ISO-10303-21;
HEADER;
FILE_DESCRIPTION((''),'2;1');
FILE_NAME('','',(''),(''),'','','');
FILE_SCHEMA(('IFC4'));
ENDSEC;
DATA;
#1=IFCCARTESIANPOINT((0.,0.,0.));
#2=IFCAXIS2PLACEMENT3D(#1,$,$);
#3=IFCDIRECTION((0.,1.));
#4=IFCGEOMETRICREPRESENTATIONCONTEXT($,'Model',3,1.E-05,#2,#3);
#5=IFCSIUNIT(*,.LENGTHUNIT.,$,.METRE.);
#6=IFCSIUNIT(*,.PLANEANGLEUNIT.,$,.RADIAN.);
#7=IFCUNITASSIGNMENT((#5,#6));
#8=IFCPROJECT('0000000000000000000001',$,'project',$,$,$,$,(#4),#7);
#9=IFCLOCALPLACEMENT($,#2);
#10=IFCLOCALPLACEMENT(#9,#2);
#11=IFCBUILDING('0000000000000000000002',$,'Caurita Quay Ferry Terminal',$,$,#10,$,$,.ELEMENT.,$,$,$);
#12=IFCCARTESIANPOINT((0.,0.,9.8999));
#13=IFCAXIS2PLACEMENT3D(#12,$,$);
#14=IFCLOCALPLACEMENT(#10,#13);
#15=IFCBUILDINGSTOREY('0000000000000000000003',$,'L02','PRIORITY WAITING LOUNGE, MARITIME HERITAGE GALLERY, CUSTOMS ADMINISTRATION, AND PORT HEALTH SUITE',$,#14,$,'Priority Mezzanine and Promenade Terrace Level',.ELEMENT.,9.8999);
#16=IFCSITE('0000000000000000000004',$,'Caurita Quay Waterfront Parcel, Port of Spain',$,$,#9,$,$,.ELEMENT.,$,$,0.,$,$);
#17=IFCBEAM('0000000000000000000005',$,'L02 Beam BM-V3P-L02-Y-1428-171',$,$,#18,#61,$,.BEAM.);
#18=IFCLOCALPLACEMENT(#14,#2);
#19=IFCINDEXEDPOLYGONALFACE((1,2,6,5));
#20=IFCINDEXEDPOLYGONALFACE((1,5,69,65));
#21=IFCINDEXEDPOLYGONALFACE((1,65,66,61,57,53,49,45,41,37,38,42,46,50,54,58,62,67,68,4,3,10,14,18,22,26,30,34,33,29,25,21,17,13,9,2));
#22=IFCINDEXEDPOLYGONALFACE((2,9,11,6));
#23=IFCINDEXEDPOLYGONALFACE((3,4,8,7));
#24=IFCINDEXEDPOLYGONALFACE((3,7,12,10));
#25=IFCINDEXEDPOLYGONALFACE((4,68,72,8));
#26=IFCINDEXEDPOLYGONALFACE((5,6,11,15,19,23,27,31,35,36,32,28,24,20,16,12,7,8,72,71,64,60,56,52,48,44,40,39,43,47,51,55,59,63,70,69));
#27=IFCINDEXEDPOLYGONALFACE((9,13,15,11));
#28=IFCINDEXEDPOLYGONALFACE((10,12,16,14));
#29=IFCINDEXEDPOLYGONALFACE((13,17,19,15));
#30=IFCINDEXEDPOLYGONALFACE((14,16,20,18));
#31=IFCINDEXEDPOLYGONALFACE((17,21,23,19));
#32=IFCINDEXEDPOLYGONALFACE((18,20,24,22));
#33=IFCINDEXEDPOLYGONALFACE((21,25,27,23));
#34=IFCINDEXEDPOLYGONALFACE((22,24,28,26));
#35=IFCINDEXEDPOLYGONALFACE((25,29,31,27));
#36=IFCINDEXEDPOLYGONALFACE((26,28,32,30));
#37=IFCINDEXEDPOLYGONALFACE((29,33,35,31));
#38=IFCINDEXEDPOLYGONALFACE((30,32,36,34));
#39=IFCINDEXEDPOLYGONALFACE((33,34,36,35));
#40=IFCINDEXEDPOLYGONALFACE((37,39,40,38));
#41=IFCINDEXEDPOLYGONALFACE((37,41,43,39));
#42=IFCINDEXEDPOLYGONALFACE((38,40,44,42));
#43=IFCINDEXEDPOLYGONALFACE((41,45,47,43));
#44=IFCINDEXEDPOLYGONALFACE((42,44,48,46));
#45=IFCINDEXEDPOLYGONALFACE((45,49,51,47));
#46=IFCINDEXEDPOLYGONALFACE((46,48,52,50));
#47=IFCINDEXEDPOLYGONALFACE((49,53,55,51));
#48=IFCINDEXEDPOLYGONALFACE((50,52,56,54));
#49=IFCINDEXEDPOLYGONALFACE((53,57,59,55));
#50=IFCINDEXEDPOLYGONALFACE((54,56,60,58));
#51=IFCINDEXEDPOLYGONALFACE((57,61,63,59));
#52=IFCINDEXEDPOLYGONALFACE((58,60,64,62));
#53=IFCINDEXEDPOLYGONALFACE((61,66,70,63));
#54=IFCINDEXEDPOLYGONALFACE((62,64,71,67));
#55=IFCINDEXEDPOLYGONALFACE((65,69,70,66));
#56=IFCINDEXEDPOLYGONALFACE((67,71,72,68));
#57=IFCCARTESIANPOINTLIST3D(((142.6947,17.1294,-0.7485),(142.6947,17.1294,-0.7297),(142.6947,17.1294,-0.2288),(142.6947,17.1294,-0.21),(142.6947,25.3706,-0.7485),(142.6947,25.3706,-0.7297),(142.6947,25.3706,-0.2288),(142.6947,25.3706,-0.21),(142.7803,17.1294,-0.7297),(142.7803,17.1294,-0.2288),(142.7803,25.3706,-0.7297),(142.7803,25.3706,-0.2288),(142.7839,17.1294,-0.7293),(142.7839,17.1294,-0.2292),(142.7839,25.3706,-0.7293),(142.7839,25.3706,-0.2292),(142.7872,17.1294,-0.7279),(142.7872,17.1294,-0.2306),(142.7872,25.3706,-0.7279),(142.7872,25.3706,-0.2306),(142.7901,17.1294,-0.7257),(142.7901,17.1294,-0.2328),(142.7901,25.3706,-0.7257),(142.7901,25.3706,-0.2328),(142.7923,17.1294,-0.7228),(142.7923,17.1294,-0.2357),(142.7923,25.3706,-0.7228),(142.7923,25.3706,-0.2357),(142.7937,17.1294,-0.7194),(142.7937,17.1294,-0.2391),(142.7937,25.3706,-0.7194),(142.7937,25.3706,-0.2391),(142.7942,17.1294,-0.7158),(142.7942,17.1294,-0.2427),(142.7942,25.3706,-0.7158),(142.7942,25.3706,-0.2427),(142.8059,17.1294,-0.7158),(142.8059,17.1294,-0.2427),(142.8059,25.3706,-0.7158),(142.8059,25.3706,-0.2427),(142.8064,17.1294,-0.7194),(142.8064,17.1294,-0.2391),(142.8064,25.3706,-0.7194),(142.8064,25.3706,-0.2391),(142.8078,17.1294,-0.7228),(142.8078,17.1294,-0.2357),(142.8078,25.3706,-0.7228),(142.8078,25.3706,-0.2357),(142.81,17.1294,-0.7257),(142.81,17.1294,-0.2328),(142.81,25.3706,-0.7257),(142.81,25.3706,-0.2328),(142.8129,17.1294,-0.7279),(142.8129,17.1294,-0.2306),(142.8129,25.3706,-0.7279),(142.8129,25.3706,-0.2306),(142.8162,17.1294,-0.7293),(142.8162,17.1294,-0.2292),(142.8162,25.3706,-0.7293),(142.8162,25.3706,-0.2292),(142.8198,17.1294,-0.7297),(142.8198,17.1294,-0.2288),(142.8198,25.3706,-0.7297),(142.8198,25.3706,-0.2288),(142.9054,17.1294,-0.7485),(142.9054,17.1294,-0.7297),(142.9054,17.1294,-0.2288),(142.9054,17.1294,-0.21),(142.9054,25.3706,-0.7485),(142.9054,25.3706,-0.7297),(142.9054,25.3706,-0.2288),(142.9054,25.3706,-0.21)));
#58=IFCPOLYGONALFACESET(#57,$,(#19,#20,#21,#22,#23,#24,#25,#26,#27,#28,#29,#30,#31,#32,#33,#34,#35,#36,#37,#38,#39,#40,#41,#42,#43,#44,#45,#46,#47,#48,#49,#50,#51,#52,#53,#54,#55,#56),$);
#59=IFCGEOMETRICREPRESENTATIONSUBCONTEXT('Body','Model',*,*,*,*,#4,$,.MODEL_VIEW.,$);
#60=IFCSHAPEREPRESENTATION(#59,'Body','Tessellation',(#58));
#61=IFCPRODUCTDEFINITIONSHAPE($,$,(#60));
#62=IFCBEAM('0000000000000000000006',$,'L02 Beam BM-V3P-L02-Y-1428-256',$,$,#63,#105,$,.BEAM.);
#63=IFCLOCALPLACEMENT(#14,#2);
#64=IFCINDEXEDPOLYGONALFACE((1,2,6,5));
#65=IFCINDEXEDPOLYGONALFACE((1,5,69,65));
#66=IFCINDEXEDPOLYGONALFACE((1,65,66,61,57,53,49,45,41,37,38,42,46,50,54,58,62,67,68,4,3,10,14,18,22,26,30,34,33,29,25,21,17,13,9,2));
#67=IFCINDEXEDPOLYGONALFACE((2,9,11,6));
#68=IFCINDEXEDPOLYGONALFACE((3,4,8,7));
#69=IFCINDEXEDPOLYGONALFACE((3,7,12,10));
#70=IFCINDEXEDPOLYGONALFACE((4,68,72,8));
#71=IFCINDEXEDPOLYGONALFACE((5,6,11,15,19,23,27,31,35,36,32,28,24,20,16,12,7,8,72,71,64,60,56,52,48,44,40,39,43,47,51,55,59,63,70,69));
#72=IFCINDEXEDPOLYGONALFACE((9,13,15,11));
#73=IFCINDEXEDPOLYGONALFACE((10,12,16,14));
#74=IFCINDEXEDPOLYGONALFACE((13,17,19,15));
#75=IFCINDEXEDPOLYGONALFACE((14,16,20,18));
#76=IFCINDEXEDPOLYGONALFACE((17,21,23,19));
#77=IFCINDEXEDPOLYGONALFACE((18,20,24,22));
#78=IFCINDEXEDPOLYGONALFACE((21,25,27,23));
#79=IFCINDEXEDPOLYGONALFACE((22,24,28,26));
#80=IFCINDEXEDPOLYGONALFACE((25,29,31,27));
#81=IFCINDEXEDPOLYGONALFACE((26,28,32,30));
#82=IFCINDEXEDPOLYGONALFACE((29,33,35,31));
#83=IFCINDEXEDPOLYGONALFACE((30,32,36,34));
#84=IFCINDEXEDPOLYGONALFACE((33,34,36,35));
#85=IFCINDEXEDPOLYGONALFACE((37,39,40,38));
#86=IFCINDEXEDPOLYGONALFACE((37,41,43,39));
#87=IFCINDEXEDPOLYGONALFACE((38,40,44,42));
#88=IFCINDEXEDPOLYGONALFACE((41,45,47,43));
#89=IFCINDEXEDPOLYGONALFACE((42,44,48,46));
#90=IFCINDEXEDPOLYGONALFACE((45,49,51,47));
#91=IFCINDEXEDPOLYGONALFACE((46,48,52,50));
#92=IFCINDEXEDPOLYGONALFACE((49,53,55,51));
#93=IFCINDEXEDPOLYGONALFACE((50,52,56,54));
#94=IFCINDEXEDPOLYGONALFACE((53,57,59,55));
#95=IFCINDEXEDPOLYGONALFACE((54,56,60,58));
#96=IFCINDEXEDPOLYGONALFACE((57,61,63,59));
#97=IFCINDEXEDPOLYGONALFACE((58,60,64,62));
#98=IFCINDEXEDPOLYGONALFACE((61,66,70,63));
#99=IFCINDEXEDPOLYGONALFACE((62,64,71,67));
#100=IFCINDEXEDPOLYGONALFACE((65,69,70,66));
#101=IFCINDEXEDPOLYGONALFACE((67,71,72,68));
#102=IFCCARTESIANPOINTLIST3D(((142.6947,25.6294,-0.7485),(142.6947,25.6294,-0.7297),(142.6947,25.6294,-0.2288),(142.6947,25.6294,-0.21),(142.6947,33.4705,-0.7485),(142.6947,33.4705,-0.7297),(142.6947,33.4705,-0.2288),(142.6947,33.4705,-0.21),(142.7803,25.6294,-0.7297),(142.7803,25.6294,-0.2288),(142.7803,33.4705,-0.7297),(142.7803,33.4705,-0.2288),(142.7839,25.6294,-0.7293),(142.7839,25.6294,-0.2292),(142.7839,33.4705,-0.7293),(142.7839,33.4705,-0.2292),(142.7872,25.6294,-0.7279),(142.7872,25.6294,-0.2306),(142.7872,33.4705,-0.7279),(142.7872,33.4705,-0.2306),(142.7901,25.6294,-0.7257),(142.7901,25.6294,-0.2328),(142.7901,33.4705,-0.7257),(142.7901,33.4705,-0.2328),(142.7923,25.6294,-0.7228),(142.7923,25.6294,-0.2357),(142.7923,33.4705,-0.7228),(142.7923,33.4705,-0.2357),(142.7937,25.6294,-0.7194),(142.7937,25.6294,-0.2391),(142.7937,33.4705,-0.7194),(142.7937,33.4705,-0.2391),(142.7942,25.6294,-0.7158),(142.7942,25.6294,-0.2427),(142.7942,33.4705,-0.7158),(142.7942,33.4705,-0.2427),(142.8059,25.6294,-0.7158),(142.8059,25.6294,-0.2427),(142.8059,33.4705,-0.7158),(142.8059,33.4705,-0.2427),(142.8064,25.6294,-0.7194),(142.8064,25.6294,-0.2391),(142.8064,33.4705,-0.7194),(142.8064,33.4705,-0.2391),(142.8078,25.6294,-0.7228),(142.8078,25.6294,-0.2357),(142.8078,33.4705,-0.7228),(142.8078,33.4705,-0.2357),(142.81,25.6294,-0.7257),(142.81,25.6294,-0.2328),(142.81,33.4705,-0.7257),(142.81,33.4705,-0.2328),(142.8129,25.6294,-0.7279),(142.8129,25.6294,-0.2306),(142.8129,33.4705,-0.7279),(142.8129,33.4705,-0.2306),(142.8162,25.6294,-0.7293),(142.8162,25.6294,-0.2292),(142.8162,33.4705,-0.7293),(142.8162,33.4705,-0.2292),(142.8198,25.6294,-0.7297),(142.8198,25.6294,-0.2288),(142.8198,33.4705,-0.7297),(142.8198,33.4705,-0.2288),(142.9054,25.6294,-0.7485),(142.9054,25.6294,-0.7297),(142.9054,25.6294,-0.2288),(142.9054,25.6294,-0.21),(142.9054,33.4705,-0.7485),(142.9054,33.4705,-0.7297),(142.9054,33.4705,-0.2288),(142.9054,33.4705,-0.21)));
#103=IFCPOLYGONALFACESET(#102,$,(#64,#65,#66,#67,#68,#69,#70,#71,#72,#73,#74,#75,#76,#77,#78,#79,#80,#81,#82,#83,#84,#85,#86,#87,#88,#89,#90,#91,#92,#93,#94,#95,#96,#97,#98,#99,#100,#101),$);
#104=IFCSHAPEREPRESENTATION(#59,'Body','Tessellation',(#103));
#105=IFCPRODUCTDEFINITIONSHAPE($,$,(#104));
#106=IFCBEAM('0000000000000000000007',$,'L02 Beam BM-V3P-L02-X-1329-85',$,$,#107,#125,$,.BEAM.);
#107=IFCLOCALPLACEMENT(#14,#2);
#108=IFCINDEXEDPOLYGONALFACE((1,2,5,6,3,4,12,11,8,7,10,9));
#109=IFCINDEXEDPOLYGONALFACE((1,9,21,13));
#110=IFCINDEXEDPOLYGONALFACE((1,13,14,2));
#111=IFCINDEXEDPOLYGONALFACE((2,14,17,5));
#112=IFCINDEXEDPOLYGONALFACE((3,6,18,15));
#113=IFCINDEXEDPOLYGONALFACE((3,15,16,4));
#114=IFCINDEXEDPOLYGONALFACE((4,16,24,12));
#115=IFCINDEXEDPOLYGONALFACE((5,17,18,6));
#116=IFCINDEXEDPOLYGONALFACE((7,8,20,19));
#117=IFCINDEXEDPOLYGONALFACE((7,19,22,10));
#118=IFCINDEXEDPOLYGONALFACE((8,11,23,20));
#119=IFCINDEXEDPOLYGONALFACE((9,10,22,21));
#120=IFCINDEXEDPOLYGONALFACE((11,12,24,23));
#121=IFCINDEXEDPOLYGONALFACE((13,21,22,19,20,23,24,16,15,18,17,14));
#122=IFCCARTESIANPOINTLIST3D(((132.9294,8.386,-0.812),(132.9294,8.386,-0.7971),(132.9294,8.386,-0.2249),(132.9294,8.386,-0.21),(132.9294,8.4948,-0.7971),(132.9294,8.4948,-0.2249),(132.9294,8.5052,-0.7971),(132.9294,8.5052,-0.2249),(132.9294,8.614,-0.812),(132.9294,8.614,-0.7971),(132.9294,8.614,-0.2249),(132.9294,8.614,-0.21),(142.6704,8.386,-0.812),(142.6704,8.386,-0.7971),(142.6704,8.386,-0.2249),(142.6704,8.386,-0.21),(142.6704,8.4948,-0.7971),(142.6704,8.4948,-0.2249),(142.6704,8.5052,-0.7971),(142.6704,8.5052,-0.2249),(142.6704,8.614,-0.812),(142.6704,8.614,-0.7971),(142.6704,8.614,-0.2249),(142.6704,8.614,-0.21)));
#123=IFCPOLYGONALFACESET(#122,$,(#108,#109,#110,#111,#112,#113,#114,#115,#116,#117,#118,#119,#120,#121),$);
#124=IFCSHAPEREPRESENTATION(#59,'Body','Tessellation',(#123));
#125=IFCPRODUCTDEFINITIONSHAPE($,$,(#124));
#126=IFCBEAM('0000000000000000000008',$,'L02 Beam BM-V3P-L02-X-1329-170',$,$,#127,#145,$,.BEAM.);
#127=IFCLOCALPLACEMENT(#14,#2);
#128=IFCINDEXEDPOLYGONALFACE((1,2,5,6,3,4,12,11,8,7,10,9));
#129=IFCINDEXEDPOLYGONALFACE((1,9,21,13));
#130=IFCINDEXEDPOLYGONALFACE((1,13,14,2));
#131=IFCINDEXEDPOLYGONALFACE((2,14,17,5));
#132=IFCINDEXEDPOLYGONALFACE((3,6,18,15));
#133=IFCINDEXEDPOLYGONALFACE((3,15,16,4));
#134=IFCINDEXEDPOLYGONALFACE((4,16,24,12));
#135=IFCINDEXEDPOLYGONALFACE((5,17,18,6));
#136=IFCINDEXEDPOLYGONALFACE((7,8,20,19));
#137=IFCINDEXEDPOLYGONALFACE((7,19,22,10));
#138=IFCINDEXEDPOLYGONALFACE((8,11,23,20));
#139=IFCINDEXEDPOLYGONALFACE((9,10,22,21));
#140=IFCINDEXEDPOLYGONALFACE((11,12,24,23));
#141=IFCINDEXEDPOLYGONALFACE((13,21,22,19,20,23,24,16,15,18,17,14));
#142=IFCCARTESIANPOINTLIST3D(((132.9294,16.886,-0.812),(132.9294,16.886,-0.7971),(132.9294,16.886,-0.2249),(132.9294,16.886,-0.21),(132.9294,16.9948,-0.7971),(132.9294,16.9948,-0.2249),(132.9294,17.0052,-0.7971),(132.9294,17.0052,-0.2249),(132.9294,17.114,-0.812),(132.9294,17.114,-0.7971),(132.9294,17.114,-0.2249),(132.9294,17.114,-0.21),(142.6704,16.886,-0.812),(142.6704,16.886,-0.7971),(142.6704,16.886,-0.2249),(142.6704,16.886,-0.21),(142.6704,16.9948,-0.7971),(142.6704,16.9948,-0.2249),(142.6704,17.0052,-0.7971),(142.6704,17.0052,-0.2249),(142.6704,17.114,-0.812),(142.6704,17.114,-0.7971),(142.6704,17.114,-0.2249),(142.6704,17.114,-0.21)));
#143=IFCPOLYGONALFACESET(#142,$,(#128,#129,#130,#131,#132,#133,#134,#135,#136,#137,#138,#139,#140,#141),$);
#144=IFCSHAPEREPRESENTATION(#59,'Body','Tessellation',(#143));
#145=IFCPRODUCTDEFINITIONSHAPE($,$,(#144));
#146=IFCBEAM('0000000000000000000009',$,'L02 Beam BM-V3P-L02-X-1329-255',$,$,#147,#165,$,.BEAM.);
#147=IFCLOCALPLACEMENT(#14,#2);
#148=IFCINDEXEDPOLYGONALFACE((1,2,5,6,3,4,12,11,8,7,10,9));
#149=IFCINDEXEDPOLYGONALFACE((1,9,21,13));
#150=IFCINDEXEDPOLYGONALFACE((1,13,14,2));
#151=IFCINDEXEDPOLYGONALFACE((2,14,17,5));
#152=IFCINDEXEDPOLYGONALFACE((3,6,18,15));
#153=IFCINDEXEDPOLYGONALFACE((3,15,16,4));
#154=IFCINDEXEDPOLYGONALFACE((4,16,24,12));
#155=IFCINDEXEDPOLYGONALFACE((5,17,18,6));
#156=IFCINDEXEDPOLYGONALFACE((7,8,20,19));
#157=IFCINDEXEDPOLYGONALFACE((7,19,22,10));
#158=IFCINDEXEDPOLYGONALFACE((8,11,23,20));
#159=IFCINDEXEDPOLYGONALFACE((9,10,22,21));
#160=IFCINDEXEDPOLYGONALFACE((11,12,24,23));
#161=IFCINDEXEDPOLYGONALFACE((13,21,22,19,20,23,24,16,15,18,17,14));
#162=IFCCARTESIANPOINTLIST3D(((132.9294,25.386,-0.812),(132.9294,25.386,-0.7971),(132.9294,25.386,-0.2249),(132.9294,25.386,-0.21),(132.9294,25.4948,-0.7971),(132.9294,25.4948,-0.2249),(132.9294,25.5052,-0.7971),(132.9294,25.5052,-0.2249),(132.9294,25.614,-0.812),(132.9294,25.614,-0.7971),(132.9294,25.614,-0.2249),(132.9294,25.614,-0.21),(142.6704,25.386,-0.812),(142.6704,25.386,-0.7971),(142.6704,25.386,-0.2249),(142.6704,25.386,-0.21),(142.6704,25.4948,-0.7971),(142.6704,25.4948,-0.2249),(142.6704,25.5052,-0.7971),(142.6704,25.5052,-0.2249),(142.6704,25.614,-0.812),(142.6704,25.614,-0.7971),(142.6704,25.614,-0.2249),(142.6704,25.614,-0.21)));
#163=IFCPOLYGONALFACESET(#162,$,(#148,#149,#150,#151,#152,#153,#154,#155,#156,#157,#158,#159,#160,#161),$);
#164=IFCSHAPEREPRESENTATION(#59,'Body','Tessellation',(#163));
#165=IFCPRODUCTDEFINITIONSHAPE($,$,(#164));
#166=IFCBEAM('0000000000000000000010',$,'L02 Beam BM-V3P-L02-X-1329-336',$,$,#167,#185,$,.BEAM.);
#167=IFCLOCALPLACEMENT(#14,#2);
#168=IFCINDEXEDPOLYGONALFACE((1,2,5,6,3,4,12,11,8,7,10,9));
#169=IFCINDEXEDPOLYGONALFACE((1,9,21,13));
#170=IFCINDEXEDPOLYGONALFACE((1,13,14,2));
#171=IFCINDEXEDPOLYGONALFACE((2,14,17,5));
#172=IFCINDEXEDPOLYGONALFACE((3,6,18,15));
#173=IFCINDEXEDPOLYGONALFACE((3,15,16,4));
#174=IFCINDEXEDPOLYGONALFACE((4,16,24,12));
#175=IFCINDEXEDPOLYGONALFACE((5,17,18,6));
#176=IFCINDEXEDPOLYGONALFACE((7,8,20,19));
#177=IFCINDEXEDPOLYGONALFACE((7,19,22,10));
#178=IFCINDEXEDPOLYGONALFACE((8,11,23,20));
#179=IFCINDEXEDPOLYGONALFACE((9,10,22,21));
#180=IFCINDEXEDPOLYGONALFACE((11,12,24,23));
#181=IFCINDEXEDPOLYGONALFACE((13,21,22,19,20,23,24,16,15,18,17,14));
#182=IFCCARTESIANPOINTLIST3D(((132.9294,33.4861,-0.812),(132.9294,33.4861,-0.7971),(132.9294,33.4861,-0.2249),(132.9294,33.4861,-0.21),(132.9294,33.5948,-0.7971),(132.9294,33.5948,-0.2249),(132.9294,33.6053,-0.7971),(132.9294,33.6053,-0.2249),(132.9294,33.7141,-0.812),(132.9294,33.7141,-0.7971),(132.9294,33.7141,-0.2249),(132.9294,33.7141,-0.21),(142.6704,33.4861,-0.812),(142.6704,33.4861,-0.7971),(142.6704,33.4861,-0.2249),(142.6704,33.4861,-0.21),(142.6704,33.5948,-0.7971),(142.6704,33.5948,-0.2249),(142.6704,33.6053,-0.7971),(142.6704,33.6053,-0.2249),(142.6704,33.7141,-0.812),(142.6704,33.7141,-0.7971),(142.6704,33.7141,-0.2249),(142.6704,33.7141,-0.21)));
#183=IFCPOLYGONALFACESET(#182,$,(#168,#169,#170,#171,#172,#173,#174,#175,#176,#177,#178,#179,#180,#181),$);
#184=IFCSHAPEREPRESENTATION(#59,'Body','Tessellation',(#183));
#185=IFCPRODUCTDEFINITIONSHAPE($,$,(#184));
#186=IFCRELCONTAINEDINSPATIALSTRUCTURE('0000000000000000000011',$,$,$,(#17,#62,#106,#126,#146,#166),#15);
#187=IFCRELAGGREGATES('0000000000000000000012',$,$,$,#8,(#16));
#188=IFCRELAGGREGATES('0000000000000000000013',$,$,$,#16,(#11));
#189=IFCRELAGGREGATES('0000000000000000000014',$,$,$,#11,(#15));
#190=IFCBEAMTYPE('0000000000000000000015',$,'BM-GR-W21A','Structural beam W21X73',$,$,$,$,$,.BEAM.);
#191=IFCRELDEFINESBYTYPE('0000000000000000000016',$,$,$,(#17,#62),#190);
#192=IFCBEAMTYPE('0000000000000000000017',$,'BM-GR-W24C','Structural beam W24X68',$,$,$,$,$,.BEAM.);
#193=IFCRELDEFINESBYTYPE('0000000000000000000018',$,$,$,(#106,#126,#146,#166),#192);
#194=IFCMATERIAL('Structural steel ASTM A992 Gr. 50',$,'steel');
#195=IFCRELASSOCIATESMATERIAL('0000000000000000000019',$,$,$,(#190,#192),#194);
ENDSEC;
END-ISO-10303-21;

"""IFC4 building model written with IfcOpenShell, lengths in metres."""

from ifc_helpers import new_model, si_unit, direction, frame, origin, origin_2d, place, context, subcontext, project, spatial, i_section, extrude, material, material_profile, profile_set, type_object, element, save


model = new_model("IFC4")

# Units and contexts
model_context = context("Model", 3, precision=1e-05, world=origin(), true_north=direction((0.0, 1.0)))
body_context = subcontext(model_context, "Body", "Model", "MODEL_VIEW")
ifc_project = project(units=[si_unit("LENGTHUNIT", "METRE"), si_unit("PLANEANGLEUNIT", "RADIAN")], contexts=[model_context])

# Site, building, storey
site_placement = place(None, origin())
site = spatial("IfcSite", under=ifc_project, at=site_placement, Name="Caurita Quay Waterfront Parcel, Port of Spain", CompositionType="ELEMENT", RefElevation=0.0)
building_placement = place(site_placement, origin())
building = spatial("IfcBuilding", under=site, at=building_placement, Name="Caurita Quay Ferry Terminal", CompositionType="ELEMENT")
storey_placement = place(building_placement, frame((0.0, 0.0, 9.8999)))
storey = spatial("IfcBuildingStorey", under=building, at=storey_placement, Name="L02", Description="PRIORITY WAITING LOUNGE, MARITIME HERITAGE GALLERY, CUSTOMS ADMINISTRATION, AND PORT HEALTH SUITE", LongName="Priority Mezzanine and Promenade Terrace Level", CompositionType="ELEMENT", Elevation=9.8999)

# Beams
ifc_material_1 = material(Name="Structural steel ASTM A992 Gr. 50", Category="steel")
ifc_material_profile_1 = material_profile(ifc_material_1, i_section(OverallWidth=0.2107, OverallDepth=0.5386, WebThickness=0.0117, FlangeThickness=0.0188, FilletRadius=0.0139, at=origin_2d()), Name="W21X73")
ifc_profile_set_1 = profile_set([ifc_material_profile_1], Name="Structural steel ASTM A992 Gr. 50")
beam_type_1 = type_object("IfcBeamType", Name="BM-GR-W21A", Description="Structural beam W21X73", PredefinedType="BEAM", material=ifc_profile_set_1)
for number, where, z_axis, x_axis, name in (
    (1, (142.8, 17.1294, -0.4792), (0.0, 1.0, 0.0), (-1.0, 0.0, 0.0), "L02 Beam BM-V3P-L02-Y-1428-171"),
):
    element("IfcBeam", number, at=place(storey_placement, frame(where, z_axis=z_axis, x_axis=x_axis)), inside=storey, type_object=beam_type_1, Name=name, PredefinedType="BEAM", context=body_context, shape_type="SweptSolid", body=[
        extrude(i_section(OverallWidth=0.2107, OverallDepth=0.5386, WebThickness=0.0117, FlangeThickness=0.0188, FilletRadius=0.0139, at=origin_2d()), origin(), (0.0, 0.0, 1.0), 8.2412),
    ])
beam_1_placement = place(storey_placement, frame((142.8, 25.6294, -0.4792), z_axis=(0.0, 1.0, 0.0), x_axis=(-1.0, 0.0, 0.0)))
element("IfcBeam", 2, at=beam_1_placement, inside=storey, type_object=beam_type_1, Name="L02 Beam BM-V3P-L02-Y-1428-256", PredefinedType="BEAM", context=body_context, shape_type="SweptSolid", body=[
    extrude(i_section(OverallWidth=0.2107, OverallDepth=0.5386, WebThickness=0.0117, FlangeThickness=0.0188, FilletRadius=0.0139, at=origin_2d()), origin(), (0.0, 0.0, 1.0), 7.8411),
])
ifc_material_profile_2 = material_profile(ifc_material_1, i_section(OverallWidth=0.228, OverallDepth=0.6021, WebThickness=0.0105, FlangeThickness=0.0149, at=origin_2d()), Name="W24X68")
ifc_profile_set_2 = profile_set([ifc_material_profile_2], Name="Structural steel ASTM A992 Gr. 50")
beam_type_2 = type_object("IfcBeamType", Name="BM-GR-W24C", Description="Structural beam W24X68", PredefinedType="BEAM", material=ifc_profile_set_2)
for number, where, z_axis, x_axis, name in (
    (3, (132.9294, 8.5, -0.511), (1.0, 0.0, 0.0), (0.0, 1.0, 0.0), "L02 Beam BM-V3P-L02-X-1329-85"),
    (4, (132.9294, 17.0, -0.511), (1.0, 0.0, 0.0), (0.0, 1.0, 0.0), "L02 Beam BM-V3P-L02-X-1329-170"),
    (5, (132.9294, 25.5, -0.511), (1.0, 0.0, 0.0), (0.0, 1.0, 0.0), "L02 Beam BM-V3P-L02-X-1329-255"),
    (6, (132.9294, 33.6001, -0.511), (1.0, 0.0, 0.0), (0.0, 1.0, 0.0), "L02 Beam BM-V3P-L02-X-1329-336"),
):
    element("IfcBeam", number, at=place(storey_placement, frame(where, z_axis=z_axis, x_axis=x_axis)), inside=storey, type_object=beam_type_2, Name=name, PredefinedType="BEAM", context=body_context, shape_type="SweptSolid", body=[
        extrude(i_section(OverallWidth=0.228, OverallDepth=0.6021, WebThickness=0.0105, FlangeThickness=0.0149, at=origin_2d()), origin(), (0.0, 0.0, 1.0), 9.741),
    ])

save(model, "model.ifc")
